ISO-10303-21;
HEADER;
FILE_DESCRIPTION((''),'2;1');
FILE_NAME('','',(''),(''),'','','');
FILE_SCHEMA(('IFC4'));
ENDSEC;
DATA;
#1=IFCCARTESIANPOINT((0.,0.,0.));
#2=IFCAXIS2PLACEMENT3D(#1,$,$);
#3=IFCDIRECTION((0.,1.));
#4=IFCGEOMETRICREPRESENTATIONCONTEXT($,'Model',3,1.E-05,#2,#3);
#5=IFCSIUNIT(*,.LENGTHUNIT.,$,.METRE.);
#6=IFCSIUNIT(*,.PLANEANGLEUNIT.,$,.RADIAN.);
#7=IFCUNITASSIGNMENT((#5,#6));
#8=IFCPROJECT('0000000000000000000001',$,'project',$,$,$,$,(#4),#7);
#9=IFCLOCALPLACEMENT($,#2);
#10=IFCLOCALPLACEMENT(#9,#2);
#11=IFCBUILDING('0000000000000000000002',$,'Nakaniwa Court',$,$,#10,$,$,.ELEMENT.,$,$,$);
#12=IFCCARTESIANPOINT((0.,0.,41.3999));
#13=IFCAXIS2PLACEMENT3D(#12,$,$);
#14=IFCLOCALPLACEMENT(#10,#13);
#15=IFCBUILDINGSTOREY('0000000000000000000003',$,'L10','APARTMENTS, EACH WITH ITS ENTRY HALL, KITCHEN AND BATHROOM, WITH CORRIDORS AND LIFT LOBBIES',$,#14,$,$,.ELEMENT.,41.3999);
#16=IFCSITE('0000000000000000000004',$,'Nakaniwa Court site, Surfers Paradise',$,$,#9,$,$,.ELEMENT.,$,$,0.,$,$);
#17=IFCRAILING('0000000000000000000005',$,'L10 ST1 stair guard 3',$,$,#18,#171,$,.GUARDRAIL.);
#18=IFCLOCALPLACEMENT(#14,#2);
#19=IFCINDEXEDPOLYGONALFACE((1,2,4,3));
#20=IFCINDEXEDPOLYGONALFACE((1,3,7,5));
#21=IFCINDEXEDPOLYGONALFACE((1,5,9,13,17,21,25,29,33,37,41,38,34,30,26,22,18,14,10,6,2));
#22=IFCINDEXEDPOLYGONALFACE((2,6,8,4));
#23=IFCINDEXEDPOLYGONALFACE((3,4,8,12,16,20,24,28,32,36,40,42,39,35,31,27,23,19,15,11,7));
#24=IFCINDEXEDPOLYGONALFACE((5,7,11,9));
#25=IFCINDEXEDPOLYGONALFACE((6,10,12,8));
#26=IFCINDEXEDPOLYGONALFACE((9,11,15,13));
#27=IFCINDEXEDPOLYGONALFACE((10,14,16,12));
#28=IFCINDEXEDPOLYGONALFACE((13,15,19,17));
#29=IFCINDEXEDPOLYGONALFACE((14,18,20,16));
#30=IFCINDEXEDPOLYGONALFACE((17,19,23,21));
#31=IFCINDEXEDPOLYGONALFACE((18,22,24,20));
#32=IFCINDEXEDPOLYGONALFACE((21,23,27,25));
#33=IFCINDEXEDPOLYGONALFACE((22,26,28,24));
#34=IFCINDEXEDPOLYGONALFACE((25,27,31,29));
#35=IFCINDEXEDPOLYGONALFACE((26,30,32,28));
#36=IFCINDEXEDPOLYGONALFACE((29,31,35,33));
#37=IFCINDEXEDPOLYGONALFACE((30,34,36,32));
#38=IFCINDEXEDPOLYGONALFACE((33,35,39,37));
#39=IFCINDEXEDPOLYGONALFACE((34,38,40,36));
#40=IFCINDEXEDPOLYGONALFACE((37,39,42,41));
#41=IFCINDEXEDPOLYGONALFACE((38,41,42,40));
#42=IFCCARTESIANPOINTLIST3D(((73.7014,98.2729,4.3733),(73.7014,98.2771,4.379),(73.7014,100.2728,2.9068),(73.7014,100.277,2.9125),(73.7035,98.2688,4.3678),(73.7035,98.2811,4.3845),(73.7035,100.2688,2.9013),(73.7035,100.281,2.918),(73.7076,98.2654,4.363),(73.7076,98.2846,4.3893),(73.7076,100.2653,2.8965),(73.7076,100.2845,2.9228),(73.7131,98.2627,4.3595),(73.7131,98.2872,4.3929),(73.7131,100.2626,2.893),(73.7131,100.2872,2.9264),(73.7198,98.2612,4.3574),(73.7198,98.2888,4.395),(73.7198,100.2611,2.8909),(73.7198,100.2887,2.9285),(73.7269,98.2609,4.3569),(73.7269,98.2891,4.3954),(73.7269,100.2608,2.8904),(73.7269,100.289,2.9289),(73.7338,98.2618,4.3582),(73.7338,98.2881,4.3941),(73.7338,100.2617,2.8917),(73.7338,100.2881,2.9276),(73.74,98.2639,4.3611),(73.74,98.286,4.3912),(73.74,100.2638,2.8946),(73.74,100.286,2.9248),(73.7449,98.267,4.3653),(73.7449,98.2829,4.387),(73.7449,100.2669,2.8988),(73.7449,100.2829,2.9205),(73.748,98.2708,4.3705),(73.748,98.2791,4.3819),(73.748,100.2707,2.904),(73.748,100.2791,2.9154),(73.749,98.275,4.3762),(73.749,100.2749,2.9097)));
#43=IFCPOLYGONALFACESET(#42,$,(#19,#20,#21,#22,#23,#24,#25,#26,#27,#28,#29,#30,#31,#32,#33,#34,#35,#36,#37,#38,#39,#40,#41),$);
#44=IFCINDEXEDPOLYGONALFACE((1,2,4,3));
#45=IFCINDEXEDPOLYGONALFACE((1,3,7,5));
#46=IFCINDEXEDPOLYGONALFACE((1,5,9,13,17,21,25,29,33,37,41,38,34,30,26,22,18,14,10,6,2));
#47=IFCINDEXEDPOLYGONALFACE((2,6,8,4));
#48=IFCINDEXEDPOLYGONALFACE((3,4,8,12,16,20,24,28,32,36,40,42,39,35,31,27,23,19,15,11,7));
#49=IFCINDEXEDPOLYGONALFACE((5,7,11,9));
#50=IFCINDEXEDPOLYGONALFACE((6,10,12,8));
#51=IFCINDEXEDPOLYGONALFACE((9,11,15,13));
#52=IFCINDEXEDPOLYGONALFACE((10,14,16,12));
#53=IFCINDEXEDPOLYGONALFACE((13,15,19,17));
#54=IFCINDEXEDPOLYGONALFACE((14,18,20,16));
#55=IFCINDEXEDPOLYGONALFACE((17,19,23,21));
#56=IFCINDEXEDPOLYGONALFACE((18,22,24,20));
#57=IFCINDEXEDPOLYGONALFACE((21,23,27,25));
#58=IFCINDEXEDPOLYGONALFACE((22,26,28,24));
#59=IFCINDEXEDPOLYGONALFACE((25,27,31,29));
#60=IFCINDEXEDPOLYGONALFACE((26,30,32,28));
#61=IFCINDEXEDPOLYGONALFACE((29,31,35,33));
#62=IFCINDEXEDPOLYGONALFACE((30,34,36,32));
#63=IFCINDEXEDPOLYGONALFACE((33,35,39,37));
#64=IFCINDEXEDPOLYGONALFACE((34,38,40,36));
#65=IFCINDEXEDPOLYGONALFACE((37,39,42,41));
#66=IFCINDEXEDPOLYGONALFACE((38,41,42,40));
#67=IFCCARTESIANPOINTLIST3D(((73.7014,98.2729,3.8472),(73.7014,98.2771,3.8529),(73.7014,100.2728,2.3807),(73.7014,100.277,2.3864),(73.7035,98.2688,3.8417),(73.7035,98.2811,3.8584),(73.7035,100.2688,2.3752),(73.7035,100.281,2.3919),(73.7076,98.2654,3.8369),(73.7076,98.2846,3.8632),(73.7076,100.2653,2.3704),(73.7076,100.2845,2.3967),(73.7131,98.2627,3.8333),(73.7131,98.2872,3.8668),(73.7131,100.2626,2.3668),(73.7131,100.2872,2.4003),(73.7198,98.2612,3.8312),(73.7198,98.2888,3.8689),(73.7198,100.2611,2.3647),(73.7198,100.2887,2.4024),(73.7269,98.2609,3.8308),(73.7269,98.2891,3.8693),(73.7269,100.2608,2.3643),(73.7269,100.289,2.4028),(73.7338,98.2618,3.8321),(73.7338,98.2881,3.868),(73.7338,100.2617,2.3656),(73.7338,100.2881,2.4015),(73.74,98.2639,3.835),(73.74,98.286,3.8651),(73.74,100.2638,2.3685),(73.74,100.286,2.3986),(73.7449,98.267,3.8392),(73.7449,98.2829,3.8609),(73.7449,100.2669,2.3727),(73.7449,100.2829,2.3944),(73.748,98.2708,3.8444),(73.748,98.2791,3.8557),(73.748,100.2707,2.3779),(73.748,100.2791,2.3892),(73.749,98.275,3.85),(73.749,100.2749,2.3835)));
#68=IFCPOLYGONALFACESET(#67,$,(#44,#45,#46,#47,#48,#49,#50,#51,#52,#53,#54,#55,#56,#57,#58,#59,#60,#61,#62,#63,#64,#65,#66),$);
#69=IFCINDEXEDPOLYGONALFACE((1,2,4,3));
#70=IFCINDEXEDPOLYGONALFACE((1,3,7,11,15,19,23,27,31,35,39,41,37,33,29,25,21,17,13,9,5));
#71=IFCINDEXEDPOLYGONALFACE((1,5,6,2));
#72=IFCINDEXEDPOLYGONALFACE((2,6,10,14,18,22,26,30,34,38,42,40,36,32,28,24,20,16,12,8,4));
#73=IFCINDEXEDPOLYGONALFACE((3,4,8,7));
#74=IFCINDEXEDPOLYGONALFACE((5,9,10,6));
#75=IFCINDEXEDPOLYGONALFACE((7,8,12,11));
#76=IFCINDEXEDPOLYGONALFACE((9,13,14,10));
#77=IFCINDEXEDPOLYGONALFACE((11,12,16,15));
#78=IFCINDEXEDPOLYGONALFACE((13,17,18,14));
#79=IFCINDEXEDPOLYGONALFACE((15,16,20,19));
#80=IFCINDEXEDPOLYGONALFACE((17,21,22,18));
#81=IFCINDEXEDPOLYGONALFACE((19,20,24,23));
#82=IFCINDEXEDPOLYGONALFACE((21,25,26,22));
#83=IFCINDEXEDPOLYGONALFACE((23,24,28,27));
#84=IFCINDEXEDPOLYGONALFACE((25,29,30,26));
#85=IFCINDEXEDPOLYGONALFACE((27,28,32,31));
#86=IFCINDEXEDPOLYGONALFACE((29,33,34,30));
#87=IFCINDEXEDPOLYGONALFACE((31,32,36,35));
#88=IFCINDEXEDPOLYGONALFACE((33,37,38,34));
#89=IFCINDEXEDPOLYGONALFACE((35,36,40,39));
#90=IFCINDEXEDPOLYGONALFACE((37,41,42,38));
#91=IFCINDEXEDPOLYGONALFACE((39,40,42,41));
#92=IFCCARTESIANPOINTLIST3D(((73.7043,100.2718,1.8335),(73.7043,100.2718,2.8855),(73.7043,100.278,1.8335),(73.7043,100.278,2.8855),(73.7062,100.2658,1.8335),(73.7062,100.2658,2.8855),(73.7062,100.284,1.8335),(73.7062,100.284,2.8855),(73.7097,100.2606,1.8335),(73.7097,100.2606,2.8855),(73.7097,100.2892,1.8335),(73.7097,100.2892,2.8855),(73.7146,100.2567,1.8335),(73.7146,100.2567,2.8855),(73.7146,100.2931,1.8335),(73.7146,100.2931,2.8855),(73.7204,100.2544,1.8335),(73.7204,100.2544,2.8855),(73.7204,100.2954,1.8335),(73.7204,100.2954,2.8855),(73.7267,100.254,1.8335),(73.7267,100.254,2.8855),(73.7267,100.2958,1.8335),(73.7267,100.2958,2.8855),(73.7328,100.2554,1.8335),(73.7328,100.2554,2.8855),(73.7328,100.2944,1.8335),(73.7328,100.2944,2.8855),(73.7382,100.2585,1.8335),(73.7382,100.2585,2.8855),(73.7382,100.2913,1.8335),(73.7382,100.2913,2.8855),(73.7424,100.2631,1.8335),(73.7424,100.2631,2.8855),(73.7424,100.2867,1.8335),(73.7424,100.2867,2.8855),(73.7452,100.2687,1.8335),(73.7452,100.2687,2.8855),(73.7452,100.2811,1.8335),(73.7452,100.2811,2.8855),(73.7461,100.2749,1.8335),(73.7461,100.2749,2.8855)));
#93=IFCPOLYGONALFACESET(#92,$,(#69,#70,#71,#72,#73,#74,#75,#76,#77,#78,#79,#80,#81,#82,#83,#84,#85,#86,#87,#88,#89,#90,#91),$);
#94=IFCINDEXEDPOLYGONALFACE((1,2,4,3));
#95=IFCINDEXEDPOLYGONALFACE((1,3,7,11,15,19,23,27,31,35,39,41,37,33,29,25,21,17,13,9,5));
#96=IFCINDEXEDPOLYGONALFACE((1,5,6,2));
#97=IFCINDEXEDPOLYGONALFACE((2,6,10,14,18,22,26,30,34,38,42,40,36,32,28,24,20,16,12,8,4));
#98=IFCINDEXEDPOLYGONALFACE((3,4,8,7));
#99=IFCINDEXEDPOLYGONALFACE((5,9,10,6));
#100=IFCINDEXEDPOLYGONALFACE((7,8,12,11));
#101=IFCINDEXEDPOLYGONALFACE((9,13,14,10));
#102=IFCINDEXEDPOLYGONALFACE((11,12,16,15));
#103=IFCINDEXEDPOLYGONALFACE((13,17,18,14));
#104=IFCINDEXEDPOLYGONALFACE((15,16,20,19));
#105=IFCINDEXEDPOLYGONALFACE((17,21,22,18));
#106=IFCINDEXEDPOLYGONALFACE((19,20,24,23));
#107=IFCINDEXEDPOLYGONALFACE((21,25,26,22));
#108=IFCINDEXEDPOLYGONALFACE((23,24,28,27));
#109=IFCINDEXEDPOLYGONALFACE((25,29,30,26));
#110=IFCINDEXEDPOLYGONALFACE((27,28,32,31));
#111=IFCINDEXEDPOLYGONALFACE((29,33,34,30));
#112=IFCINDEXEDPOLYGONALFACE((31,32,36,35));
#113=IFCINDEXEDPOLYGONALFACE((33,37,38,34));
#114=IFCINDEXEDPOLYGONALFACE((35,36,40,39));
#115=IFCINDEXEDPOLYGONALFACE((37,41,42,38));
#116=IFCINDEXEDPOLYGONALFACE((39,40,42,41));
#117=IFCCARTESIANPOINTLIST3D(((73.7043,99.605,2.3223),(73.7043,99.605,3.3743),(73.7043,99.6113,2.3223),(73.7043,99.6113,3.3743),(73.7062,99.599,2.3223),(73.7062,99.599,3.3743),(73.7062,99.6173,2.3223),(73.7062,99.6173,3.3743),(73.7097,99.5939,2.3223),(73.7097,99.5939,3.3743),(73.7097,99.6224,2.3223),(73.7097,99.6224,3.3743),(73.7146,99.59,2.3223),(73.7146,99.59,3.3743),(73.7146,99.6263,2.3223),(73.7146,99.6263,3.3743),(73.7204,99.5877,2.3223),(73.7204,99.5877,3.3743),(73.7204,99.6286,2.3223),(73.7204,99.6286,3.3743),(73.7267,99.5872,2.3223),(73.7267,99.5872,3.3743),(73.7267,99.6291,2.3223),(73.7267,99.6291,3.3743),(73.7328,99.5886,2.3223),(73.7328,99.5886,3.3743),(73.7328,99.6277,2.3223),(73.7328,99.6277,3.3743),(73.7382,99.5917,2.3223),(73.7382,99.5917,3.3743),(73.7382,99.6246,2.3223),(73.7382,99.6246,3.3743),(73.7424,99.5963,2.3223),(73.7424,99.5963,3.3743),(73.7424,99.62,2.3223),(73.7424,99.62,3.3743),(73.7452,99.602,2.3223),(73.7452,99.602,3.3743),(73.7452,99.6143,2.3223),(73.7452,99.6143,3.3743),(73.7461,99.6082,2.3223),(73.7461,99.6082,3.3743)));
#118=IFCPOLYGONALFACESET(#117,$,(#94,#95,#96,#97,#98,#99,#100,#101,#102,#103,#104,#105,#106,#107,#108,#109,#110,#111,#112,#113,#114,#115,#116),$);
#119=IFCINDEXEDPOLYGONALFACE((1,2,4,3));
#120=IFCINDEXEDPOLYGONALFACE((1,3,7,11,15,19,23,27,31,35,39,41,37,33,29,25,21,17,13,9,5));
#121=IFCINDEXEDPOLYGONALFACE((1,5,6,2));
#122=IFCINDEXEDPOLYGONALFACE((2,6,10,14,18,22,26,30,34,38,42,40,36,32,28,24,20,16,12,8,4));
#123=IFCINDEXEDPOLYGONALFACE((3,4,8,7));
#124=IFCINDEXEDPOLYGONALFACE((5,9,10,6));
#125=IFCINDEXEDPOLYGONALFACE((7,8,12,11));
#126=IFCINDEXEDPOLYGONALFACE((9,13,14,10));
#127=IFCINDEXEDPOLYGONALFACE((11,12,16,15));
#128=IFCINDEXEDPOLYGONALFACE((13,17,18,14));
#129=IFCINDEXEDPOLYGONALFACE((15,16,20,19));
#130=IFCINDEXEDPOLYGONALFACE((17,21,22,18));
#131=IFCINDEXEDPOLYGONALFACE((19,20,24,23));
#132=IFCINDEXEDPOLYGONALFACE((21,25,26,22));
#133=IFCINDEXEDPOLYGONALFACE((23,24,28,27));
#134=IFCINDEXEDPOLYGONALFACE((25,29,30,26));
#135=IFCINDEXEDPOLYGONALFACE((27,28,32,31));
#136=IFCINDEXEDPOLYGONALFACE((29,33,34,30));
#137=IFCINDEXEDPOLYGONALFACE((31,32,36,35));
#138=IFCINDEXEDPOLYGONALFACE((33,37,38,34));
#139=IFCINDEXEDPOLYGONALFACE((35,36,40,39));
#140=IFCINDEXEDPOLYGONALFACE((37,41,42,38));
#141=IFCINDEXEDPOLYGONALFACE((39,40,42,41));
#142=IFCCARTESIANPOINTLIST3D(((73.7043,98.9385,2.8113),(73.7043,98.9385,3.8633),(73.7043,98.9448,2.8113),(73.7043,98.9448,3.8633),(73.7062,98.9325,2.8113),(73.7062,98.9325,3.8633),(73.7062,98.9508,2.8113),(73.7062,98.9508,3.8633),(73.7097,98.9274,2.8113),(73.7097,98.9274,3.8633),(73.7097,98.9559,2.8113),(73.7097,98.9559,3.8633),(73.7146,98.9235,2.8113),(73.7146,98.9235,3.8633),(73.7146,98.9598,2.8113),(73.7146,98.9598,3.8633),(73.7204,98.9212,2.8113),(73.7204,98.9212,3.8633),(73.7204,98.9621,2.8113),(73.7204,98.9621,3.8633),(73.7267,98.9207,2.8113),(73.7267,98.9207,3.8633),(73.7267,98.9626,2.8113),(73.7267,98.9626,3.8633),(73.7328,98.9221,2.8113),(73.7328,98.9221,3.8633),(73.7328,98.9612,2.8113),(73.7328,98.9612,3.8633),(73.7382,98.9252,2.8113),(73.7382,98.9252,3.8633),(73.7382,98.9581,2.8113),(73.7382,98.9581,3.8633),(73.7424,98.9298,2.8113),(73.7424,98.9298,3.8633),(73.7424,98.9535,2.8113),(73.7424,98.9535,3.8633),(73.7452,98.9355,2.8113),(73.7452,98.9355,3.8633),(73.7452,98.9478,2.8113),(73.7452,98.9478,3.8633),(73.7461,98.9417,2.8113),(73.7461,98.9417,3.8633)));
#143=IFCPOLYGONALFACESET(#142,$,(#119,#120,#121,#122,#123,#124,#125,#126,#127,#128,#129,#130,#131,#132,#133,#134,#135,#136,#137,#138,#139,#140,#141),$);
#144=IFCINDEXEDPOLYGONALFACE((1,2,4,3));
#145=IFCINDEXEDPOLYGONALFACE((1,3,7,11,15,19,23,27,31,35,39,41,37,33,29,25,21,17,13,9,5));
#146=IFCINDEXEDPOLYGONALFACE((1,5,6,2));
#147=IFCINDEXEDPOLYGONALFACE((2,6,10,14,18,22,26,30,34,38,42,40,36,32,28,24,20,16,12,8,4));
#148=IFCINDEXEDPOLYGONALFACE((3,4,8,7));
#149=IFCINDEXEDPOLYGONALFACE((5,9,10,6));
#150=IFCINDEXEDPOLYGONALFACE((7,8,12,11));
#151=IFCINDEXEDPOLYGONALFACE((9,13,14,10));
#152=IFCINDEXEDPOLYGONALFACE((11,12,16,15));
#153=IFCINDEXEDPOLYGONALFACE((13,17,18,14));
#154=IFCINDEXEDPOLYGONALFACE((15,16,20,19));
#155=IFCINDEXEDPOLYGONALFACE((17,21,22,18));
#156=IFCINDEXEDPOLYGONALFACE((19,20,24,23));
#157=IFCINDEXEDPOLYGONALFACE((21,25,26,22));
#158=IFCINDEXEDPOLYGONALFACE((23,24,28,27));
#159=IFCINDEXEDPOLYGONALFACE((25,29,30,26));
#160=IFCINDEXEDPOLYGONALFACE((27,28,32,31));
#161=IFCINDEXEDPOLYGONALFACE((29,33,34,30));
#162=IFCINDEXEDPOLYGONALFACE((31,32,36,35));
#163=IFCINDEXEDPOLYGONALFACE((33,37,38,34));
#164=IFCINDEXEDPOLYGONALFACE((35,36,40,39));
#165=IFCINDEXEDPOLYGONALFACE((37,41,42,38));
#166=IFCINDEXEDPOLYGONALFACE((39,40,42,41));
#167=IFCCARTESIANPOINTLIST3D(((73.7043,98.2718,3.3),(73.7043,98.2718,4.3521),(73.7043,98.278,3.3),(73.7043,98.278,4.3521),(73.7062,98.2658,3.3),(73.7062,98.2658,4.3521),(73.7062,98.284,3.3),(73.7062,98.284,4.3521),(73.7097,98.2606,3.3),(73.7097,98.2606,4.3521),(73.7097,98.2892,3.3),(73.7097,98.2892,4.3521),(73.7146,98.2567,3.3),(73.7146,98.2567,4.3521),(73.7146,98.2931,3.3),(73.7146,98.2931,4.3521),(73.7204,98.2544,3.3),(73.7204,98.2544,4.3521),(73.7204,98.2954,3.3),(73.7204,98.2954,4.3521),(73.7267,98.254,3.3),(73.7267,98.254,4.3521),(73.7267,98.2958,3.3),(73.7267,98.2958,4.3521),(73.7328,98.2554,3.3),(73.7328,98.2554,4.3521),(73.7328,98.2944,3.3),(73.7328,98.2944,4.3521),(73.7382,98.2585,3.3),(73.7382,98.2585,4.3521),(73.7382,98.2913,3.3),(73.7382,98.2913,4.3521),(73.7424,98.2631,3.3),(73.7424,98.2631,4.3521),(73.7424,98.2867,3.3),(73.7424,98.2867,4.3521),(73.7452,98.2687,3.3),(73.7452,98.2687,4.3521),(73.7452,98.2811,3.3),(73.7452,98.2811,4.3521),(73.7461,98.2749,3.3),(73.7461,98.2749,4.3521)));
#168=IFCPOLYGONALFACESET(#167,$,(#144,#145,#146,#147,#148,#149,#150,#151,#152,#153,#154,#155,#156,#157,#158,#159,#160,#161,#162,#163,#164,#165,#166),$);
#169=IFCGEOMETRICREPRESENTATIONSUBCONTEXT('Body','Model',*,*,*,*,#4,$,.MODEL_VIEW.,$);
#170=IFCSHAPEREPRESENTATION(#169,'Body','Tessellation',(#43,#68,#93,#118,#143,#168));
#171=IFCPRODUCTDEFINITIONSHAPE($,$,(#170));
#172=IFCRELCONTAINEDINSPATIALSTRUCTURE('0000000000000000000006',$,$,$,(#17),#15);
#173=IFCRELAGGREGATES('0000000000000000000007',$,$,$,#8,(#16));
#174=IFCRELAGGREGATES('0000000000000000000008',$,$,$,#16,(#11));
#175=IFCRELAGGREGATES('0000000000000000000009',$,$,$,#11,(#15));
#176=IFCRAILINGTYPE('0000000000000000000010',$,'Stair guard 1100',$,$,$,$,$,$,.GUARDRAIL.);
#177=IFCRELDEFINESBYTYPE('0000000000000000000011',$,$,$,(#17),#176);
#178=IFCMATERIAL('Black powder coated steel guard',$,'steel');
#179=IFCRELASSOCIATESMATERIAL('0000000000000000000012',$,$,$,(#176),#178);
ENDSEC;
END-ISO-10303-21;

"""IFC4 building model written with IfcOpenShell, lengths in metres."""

from ifc_helpers import new_model, si_unit, direction, frame, origin, origin_2d, place, context, subcontext, project, spatial, circle, extrude, material, type_object, element, save


model = new_model("IFC4")

# Units and contexts
model_context = context("Model", 3, precision=1e-05, world=origin(), true_north=direction((0.0, 1.0)))
body_context = subcontext(model_context, "Body", "Model", "MODEL_VIEW")
ifc_project = project(units=[si_unit("LENGTHUNIT", "METRE"), si_unit("PLANEANGLEUNIT", "RADIAN")], contexts=[model_context])

# Site, building, storey
site_placement = place(None, origin())
site = spatial("IfcSite", under=ifc_project, at=site_placement, Name="Nakaniwa Court site, Surfers Paradise", CompositionType="ELEMENT", RefElevation=0.0)
building_placement = place(site_placement, origin())
building = spatial("IfcBuilding", under=site, at=building_placement, Name="Nakaniwa Court", CompositionType="ELEMENT")
storey_placement = place(building_placement, frame((0.0, 0.0, 41.3999)))
storey = spatial("IfcBuildingStorey", under=building, at=storey_placement, Name="L10", Description="APARTMENTS, EACH WITH ITS ENTRY HALL, KITCHEN AND BATHROOM, WITH CORRIDORS AND LIFT LOBBIES", CompositionType="ELEMENT", Elevation=41.3999)

# Railing
ifc_material_1 = material(Name="Black powder coated steel guard", Category="steel")
railing_type_1 = type_object("IfcRailingType", Name="Stair guard 1100", PredefinedType="GUARDRAIL", material=ifc_material_1)
railing_1_placement = place(storey_placement, frame((73.7251, 100.2749, 1.8335)))
element("IfcRailing", 1, at=railing_1_placement, inside=storey, type_object=railing_type_1, Name="L10 ST1 stair guard 3", PredefinedType="GUARDRAIL", context=body_context, shape_type="SweptSolid", body=[
    extrude(circle(Radius=0.0239, at=origin_2d()), frame((0.0, 0.0, 1.0762), z_axis=(0.0, -0.806427, 0.591334), x_axis=(1.0, 0.0, 0.0)), (0.0, 0.0, 1.0), 2.48),
    extrude(circle(Radius=0.0239, at=origin_2d()), frame((0.0, 0.0, 0.55), z_axis=(0.0, -0.806427, 0.591334), x_axis=(1.0, 0.0, 0.0)), (0.0, 0.0, 1.0), 2.48),
    extrude(circle(Radius=0.021, at=origin_2d()), origin(), (0.0, 0.0, 1.0), 1.052),
    extrude(circle(Radius=0.021, at=origin_2d()), frame((0.0, -0.6667, 0.4888)), (0.0, 0.0, 1.0), 1.052),
    extrude(circle(Radius=0.021, at=origin_2d()), frame((0.0, -1.3333, 0.9778)), (0.0, 0.0, 1.0), 1.052),
    extrude(circle(Radius=0.021, at=origin_2d()), frame((0.0, -2.0, 1.4666)), (0.0, 0.0, 1.0), 1.052),
])

save(model, "model.ifc")
